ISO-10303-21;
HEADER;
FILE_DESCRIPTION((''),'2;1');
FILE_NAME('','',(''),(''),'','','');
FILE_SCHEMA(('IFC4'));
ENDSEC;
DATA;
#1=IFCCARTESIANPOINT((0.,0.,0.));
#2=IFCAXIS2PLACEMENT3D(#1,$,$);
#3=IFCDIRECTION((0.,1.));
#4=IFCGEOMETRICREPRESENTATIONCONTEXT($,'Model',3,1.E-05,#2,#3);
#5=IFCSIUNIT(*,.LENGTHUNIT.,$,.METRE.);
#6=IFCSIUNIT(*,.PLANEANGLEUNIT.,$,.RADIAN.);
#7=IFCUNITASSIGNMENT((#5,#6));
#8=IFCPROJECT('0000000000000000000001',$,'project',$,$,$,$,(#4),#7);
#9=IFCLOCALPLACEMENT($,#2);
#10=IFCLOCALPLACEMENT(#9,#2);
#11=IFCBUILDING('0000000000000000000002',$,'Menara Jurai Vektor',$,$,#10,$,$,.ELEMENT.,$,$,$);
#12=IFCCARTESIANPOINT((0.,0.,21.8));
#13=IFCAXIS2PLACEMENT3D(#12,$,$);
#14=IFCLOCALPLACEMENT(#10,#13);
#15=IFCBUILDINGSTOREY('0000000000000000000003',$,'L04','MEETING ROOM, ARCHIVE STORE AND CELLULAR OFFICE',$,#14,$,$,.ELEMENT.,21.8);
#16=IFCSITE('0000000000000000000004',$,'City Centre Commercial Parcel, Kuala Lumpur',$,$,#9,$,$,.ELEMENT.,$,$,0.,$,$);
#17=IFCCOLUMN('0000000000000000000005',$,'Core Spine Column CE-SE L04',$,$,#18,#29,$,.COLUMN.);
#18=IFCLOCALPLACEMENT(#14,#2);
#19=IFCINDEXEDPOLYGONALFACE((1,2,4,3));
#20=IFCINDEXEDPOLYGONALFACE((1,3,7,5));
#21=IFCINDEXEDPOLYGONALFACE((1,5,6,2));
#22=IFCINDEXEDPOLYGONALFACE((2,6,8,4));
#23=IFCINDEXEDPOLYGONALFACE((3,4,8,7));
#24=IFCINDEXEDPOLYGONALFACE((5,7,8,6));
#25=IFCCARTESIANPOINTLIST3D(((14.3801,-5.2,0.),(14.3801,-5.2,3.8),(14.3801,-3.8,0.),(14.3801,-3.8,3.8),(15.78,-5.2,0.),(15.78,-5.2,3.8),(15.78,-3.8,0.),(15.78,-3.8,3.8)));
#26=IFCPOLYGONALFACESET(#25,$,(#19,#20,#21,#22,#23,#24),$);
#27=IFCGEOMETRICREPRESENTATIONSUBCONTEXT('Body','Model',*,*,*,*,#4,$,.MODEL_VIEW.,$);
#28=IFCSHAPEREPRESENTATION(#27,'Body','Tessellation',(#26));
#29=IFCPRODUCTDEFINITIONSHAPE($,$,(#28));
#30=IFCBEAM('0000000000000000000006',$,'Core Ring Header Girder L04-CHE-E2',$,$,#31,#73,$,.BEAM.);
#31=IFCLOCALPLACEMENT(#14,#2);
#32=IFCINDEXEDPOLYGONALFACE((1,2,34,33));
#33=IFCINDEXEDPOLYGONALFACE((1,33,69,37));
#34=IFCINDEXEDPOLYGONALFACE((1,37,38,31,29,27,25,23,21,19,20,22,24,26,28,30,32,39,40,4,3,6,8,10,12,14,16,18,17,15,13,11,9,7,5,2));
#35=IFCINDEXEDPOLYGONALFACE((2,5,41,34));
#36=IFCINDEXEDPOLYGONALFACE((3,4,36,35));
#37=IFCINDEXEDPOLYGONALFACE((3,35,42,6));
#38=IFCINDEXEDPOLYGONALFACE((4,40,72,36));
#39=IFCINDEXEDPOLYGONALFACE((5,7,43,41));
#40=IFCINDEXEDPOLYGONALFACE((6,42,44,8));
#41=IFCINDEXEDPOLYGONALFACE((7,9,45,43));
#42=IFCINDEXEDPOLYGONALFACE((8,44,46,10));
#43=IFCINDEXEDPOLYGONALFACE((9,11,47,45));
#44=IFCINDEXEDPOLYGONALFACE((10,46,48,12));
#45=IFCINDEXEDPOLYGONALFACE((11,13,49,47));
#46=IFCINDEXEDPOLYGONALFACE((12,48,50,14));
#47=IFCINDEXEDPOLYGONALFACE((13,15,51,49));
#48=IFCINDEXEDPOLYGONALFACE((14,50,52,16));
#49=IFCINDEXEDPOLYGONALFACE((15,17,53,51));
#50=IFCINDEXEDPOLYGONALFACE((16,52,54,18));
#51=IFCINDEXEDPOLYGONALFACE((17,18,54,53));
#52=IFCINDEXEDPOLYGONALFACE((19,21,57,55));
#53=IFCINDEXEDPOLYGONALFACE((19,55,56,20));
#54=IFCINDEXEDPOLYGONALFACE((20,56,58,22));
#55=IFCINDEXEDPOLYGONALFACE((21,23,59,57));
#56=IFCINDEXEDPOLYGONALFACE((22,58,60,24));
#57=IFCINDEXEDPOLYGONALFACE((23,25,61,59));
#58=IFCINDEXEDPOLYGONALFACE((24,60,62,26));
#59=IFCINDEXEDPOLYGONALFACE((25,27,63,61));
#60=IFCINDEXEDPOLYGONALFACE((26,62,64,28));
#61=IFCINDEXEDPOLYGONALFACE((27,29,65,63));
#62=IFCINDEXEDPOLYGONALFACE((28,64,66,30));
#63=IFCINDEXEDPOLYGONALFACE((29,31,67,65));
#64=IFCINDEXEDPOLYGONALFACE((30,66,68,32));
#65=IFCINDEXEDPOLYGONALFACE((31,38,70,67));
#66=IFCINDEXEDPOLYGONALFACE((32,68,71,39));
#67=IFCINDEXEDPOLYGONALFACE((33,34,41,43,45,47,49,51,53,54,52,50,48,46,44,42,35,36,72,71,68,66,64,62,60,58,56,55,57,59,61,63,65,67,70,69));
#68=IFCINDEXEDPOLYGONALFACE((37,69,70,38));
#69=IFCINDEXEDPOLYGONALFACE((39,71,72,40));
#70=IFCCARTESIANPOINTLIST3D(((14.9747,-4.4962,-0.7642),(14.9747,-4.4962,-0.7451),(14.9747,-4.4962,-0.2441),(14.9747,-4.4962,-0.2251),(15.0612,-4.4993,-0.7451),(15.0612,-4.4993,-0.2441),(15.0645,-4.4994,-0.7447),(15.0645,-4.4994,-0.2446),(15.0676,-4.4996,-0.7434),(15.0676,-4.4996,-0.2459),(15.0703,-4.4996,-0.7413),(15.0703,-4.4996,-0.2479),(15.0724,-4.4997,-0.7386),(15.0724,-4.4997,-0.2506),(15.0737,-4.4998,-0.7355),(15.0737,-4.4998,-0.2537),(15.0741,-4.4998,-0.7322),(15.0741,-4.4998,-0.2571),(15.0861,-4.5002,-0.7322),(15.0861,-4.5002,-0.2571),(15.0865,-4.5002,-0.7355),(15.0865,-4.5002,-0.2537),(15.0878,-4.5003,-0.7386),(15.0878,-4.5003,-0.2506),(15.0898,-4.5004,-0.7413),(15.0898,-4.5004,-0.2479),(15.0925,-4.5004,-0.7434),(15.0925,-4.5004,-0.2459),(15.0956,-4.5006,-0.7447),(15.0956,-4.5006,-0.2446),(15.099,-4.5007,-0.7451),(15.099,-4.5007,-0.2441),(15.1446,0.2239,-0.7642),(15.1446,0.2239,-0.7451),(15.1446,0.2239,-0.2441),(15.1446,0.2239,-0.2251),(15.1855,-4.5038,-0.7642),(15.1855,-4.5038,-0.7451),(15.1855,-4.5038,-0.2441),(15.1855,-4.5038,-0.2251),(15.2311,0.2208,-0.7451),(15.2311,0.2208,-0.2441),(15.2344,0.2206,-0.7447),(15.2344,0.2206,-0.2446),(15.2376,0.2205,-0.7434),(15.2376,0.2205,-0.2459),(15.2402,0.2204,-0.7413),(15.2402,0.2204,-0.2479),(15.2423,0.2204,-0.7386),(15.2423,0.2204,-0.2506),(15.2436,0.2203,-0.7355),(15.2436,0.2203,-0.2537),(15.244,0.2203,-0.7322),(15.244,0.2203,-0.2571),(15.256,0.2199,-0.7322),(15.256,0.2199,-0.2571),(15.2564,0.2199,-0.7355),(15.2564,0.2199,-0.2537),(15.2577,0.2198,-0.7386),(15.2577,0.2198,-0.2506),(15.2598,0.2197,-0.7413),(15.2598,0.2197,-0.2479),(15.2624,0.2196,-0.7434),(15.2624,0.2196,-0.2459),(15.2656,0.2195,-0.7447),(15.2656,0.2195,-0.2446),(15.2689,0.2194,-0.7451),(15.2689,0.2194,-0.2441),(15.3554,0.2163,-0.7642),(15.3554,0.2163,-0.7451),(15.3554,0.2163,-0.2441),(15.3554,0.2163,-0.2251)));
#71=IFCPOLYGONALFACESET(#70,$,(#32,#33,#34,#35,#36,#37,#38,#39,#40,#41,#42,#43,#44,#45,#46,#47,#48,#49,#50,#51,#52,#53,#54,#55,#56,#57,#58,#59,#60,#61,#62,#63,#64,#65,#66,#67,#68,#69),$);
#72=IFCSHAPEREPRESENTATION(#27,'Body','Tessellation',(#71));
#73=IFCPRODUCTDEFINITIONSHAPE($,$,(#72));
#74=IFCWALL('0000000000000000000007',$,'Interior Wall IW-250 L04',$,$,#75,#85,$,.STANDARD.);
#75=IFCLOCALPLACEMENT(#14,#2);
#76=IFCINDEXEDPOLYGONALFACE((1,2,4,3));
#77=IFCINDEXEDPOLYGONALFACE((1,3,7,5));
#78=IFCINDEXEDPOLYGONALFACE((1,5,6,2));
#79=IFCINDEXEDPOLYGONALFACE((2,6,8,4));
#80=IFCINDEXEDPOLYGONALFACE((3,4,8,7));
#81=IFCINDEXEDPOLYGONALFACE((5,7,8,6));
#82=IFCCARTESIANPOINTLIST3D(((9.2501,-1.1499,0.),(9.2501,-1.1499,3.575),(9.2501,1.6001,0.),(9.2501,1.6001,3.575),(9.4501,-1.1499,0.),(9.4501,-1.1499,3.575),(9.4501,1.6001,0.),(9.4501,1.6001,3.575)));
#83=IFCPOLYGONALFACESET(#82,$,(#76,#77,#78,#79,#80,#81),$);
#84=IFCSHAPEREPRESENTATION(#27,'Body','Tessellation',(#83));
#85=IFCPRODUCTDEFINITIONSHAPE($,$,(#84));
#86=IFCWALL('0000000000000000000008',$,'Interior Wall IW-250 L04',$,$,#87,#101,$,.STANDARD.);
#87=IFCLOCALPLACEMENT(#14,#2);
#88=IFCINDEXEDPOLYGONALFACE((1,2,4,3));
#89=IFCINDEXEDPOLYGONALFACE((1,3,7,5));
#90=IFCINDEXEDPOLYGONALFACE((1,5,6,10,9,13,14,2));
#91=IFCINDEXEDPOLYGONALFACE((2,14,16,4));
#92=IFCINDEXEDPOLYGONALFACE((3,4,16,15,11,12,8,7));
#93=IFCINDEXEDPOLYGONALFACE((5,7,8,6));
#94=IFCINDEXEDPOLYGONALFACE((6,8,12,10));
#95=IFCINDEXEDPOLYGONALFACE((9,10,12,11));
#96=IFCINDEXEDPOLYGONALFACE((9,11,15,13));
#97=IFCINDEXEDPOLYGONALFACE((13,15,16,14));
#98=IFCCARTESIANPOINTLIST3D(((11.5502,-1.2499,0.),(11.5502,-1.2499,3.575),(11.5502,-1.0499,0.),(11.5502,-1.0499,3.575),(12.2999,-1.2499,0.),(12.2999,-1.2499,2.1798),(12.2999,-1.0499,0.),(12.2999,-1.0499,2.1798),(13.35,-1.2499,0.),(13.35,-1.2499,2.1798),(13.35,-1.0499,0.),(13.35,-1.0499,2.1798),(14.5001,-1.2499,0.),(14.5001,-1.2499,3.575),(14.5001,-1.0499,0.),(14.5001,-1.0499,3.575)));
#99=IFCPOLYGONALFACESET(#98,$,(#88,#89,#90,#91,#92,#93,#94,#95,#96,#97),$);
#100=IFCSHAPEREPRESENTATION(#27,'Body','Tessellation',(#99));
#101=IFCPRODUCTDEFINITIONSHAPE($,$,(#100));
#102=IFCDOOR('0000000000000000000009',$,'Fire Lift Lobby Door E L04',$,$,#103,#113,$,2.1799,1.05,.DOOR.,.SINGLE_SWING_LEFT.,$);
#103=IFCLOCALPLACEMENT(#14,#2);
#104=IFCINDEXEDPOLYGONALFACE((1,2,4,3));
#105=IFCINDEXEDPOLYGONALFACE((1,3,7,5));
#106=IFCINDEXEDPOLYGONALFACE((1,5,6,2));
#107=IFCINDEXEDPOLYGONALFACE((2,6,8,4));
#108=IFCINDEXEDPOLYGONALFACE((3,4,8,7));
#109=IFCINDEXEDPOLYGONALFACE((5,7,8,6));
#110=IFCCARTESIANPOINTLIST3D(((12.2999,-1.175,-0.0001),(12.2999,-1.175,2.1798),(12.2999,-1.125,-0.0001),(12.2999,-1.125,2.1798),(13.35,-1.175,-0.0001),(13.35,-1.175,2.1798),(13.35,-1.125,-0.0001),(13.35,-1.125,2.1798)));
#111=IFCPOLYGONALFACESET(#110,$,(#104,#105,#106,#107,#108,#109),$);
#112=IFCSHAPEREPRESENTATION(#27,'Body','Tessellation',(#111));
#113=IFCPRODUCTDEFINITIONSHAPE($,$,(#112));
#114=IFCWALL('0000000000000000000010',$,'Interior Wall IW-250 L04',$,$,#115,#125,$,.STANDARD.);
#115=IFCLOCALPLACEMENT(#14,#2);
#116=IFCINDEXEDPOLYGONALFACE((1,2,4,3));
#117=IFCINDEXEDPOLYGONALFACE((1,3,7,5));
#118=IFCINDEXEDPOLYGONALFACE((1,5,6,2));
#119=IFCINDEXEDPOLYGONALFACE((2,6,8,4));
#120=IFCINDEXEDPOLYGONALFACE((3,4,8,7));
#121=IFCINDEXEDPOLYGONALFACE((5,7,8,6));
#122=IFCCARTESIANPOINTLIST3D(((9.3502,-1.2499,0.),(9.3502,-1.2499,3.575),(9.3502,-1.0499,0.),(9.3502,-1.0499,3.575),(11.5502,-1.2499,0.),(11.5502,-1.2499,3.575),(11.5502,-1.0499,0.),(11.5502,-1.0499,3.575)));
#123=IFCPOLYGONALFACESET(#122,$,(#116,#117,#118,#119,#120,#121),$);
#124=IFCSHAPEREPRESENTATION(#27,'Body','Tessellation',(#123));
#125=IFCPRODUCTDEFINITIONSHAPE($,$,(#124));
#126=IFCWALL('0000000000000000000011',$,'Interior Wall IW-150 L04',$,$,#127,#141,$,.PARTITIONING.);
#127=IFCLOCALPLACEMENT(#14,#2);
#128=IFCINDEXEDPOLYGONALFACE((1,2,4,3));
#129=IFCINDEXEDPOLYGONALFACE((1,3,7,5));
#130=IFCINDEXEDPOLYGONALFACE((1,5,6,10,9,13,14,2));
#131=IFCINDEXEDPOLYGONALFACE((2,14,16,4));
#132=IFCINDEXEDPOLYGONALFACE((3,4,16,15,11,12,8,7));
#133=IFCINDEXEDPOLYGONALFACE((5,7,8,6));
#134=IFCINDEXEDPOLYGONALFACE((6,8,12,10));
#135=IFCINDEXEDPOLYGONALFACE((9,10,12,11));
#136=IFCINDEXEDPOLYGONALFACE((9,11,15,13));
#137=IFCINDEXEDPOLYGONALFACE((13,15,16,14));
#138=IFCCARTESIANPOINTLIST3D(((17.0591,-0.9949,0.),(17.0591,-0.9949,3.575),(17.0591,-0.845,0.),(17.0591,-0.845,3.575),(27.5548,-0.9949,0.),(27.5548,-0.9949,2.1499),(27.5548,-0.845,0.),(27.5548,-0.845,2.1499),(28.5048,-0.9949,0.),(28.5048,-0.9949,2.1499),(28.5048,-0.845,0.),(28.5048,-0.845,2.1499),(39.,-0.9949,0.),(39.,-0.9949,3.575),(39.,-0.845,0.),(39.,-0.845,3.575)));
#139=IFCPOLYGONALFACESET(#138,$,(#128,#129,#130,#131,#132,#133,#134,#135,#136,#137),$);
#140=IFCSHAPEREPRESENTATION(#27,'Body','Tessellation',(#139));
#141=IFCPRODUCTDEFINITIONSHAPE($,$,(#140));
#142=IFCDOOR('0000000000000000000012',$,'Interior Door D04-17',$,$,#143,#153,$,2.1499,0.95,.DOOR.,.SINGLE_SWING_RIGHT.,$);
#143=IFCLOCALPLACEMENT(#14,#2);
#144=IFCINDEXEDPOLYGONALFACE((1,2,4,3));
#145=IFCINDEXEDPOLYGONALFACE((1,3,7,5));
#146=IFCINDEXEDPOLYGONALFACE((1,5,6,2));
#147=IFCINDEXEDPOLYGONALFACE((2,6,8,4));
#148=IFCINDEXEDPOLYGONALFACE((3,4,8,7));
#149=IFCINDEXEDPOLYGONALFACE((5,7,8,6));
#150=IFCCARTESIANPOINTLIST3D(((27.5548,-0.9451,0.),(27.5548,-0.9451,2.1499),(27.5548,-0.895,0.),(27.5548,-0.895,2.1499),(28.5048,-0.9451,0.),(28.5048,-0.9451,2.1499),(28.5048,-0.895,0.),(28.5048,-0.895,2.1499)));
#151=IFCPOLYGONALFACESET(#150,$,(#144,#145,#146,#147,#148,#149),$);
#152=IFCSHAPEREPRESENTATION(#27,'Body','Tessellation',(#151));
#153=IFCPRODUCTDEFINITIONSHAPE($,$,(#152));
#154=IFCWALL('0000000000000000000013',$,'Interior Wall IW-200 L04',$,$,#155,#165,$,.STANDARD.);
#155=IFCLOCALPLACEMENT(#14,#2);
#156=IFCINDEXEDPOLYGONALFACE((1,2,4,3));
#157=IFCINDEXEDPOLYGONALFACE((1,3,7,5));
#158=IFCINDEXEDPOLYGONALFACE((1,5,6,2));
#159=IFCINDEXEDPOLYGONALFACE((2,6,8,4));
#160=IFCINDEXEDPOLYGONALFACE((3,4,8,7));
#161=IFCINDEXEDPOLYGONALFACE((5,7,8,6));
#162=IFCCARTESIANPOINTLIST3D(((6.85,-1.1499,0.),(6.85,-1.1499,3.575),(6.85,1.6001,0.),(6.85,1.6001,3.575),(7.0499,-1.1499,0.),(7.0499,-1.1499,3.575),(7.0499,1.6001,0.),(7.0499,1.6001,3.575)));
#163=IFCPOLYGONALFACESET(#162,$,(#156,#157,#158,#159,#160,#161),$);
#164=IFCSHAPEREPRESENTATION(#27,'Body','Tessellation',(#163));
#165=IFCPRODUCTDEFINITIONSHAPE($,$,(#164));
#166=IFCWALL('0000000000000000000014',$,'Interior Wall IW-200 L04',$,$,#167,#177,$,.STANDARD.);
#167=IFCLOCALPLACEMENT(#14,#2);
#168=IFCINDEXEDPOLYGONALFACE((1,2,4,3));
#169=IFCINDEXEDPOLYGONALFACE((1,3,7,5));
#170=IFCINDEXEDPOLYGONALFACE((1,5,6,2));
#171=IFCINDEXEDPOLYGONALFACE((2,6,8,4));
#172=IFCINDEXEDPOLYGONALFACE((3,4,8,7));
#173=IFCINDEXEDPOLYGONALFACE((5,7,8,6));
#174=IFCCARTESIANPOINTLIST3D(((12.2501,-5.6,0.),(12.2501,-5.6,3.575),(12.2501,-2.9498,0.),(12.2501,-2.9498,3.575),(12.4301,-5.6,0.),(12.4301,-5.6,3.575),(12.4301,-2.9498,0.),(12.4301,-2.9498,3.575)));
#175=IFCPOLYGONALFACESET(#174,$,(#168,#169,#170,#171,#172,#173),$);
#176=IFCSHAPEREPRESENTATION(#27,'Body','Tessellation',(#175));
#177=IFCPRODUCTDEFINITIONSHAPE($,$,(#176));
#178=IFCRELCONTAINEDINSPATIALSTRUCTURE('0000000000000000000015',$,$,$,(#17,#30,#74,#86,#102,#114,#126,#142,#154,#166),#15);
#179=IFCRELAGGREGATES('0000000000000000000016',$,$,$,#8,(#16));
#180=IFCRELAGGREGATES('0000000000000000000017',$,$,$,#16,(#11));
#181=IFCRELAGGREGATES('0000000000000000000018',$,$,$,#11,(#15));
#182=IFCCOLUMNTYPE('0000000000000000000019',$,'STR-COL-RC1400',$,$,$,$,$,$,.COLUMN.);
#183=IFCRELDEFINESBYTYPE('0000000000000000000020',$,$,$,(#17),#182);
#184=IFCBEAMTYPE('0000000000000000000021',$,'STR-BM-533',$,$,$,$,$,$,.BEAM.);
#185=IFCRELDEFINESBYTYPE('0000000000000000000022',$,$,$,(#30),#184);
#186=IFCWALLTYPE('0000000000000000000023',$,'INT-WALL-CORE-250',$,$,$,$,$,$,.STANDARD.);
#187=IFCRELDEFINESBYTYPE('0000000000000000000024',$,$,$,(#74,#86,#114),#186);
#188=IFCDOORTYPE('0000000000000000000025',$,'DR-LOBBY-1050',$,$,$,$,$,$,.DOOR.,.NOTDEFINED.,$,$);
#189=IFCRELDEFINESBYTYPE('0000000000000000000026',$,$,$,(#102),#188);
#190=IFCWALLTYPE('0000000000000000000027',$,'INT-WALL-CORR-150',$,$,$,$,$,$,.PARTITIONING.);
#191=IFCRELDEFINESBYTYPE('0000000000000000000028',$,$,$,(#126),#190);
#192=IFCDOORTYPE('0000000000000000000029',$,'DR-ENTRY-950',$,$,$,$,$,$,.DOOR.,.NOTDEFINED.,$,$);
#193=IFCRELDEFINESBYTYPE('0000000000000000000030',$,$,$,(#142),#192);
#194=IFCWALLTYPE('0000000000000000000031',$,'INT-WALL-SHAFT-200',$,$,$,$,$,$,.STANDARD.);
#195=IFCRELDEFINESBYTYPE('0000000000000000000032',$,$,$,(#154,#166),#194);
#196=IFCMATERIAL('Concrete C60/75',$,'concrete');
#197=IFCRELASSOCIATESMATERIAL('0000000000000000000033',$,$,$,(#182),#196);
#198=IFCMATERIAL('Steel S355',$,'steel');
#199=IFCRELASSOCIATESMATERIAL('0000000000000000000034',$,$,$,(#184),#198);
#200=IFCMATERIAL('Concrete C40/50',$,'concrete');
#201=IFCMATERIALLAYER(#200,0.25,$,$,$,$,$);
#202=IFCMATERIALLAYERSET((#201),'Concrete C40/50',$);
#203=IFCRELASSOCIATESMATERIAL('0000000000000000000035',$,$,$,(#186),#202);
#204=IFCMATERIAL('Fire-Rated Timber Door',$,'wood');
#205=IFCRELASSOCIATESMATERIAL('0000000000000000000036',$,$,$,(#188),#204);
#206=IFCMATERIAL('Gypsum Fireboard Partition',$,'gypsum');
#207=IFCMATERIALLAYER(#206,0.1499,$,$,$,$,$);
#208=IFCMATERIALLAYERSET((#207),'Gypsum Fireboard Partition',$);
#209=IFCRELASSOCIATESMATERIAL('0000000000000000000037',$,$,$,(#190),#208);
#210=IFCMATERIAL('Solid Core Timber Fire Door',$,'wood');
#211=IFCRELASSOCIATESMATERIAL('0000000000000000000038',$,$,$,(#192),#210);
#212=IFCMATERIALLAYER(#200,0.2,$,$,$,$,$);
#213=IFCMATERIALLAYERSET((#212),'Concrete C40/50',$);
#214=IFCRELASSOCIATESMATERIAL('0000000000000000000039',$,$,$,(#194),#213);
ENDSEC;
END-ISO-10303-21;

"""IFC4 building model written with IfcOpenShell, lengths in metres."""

from ifc_helpers import new_model, si_unit, direction, frame, frame_2d, origin, origin_2d, place, context, subcontext, project, spatial, rectangle, i_section, extrude, material, layer, layer_set, material_profile, profile_set, type_object, element, fill, save


model = new_model("IFC4")

# Units and contexts
model_context = context("Model", 3, precision=1e-05, world=origin(), true_north=direction((0.0, 1.0)))
body_context = subcontext(model_context, "Body", "Model", "MODEL_VIEW")
ifc_project = project(units=[si_unit("LENGTHUNIT", "METRE"), si_unit("PLANEANGLEUNIT", "RADIAN")], contexts=[model_context])

# Site, building, storey
site_placement = place(None, origin())
site = spatial("IfcSite", under=ifc_project, at=site_placement, Name="City Centre Commercial Parcel, Kuala Lumpur", CompositionType="ELEMENT", RefElevation=0.0)
building_placement = place(site_placement, origin())
building = spatial("IfcBuilding", under=site, at=building_placement, Name="Menara Jurai Vektor", CompositionType="ELEMENT")
storey_placement = place(building_placement, frame((0.0, 0.0, 21.8)))
storey = spatial("IfcBuildingStorey", under=building, at=storey_placement, Name="L04", Description="MEETING ROOM, ARCHIVE STORE AND CELLULAR OFFICE", CompositionType="ELEMENT", Elevation=21.8)

# Column
ifc_material_1 = material(Name="Concrete C60/75", Category="concrete")
ifc_material_profile_1 = material_profile(ifc_material_1, rectangle(XDim=1.3999, YDim=1.3999, at=origin_2d()), Name="RC 1400x1400")
ifc_profile_set_1 = profile_set([ifc_material_profile_1], Name="Concrete C60/75")
column_type = type_object("IfcColumnType", Name="STR-COL-RC1400", PredefinedType="COLUMN", material=ifc_profile_set_1)
column_placement = place(storey_placement, frame((15.0801, -4.5, 0.0), z_axis=(0.0, 0.0, 1.0), x_axis=(1.0, 0.0, 0.0)))
element("IfcColumn", 1, at=column_placement, inside=storey, type_object=column_type, Name="Core Spine Column CE-SE L04", PredefinedType="COLUMN", context=body_context, shape_type="SweptSolid", body=[
    extrude(rectangle(XDim=1.3999, YDim=1.3999, at=origin_2d()), origin(), (0.0, 0.0, 1.0), 3.8),
])

# Beam
ifc_material_2 = material(Name="Steel S355", Category="steel")
ifc_material_profile_2 = material_profile(ifc_material_2, i_section(OverallWidth=0.2109, OverallDepth=0.5391, WebThickness=0.012, FlangeThickness=0.019, FilletRadius=0.0129, at=origin_2d()), Name="UKB 533x210x109")
ifc_profile_set_2 = profile_set([ifc_material_profile_2], Name="Steel S355")
beam_type = type_object("IfcBeamType", Name="STR-BM-533", PredefinedType="BEAM", material=ifc_profile_set_2)
beam_placement = place(storey_placement, frame((15.0801, -4.5, -0.4946), z_axis=(0.035977, 0.999353, 0.0), x_axis=(-0.999353, 0.035977, 0.0)))
element("IfcBeam", 2, at=beam_placement, inside=storey, type_object=beam_type, Name="Core Ring Header Girder L04-CHE-E2", PredefinedType="BEAM", context=body_context, shape_type="SweptSolid", body=[
    extrude(i_section(OverallWidth=0.2109, OverallDepth=0.5391, WebThickness=0.012, FlangeThickness=0.019, FilletRadius=0.0129, at=origin_2d()), origin(), (0.0, 0.0, 1.0), 4.7231),
])

# Shared definitions
ifc_material_3 = material(Name="Concrete C40/50", Category="concrete")
ifc_layer_1 = layer(ifc_material_3, 0.25)
ifc_layer_set_1 = layer_set([ifc_layer_1], Name="Concrete C40/50")
wall_type_1 = type_object("IfcWallType", Name="INT-WALL-CORE-250", PredefinedType="STANDARD", material=ifc_layer_set_1)

# Wall
wall_1_placement = place(storey_placement, frame((9.3501, -1.1499, 0.0), z_axis=(0.0, 0.0, 1.0), x_axis=(0.0, 1.0, 0.0)))
element("IfcWall", 3, at=wall_1_placement, inside=storey, type_object=wall_type_1, Name="Interior Wall IW-250 L04", PredefinedType="STANDARD", context=body_context, shape_type="SweptSolid", body=[
    extrude(rectangle(XDim=2.75, YDim=0.2, at=frame_2d((1.375, 0.0))), origin(), (0.0, 0.0, 1.0), 3.575),
])

# Wall, opening, door
wall_2_placement = place(storey_placement, frame((11.55, -1.1499, 0.0), z_axis=(0.0, 0.0, 1.0), x_axis=(1.0, 0.0, 0.0)))
wall_2 = element("IfcWall", 4, at=wall_2_placement, inside=storey, type_object=wall_type_1, Name="Interior Wall IW-250 L04", PredefinedType="STANDARD", context=body_context, shape_type="SweptSolid", body=[
    extrude(rectangle(XDim=2.95, YDim=0.2, at=frame_2d((1.4751, 0.0))), origin(), (0.0, 0.0, 1.0), 3.575),
])
opening_1_placement = place(wall_2_placement, frame((0.75, 0.0, 0.0)))
opening_1 = element("IfcOpeningElement", 5, at=opening_1_placement, cuts=wall_2, PredefinedType="OPENING", context=body_context, shape_type="SweptSolid", body=[
    extrude(rectangle(XDim=1.05, YDim=2.1799, at=frame_2d((0.5249, 1.0898))), frame((0.0, 0.1099, 0.0), z_axis=(0.0, -1.0, 0.0), x_axis=(1.0, 0.0, 0.0)), (0.0, 0.0, 1.0), 0.22),
])
ifc_material_4 = material(Name="Fire-Rated Timber Door", Category="wood")
door_type_1 = type_object("IfcDoorType", Name="DR-LOBBY-1050", OperationType="NOTDEFINED", PredefinedType="DOOR", material=ifc_material_4)
door_1_placement = place(opening_1_placement, origin())
door_1 = element("IfcDoor", 6, at=door_1_placement, inside=storey, type_object=door_type_1, Name="Fire Lift Lobby Door E L04", OperationType="SINGLE_SWING_LEFT", OverallHeight=2.1799, OverallWidth=1.05, PredefinedType="DOOR", context=body_context, shape_type="SweptSolid", body=[
    extrude(rectangle(XDim=1.05, YDim=2.1799, at=frame_2d((0.5249, 1.0898))), frame((0.0, 0.0249, 0.0), z_axis=(0.0, -1.0, 0.0), x_axis=(1.0, 0.0, 0.0)), (0.0, 0.0, 1.0), 0.05),
])
fill(opening_1, door_1)

# Wall
wall_3_placement = place(storey_placement, frame((9.3501, -1.1499, 0.0), z_axis=(0.0, 0.0, 1.0), x_axis=(1.0, 0.0, 0.0)))
element("IfcWall", 7, at=wall_3_placement, inside=storey, type_object=wall_type_1, Name="Interior Wall IW-250 L04", PredefinedType="STANDARD", context=body_context, shape_type="SweptSolid", body=[
    extrude(rectangle(XDim=2.2, YDim=0.2, at=frame_2d((1.1001, 0.0))), origin(), (0.0, 0.0, 1.0), 3.575),
])

# Wall, opening, door
ifc_material_5 = material(Name="Gypsum Fireboard Partition", Category="gypsum")
ifc_layer_2 = layer(ifc_material_5, 0.1499)
ifc_layer_set_2 = layer_set([ifc_layer_2], Name="Gypsum Fireboard Partition")
wall_type_2 = type_object("IfcWallType", Name="INT-WALL-CORR-150", PredefinedType="PARTITIONING", material=ifc_layer_set_2)
wall_4_placement = place(storey_placement, frame((17.0591, -0.9199, 0.0), z_axis=(0.0, 0.0, 1.0), x_axis=(1.0, 0.0, 0.0)))
wall_4 = element("IfcWall", 8, at=wall_4_placement, inside=storey, type_object=wall_type_2, Name="Interior Wall IW-150 L04", PredefinedType="PARTITIONING", context=body_context, shape_type="SweptSolid", body=[
    extrude(rectangle(XDim=21.9409, YDim=0.1499, at=frame_2d((10.9705, 0.0))), origin(), (0.0, 0.0, 1.0), 3.575),
])
opening_2_placement = place(wall_4_placement, frame((10.4956, 0.0, 0.0)))
opening_2 = element("IfcOpeningElement", 9, at=opening_2_placement, cuts=wall_4, PredefinedType="OPENING", context=body_context, shape_type="SweptSolid", body=[
    extrude(rectangle(XDim=0.95, YDim=2.1499, at=frame_2d((0.4751, 1.075))), frame((0.0, 0.085, 0.0), z_axis=(0.0, -1.0, 0.0), x_axis=(1.0, 0.0, 0.0)), (0.0, 0.0, 1.0), 0.1699),
])
ifc_material_6 = material(Name="Solid Core Timber Fire Door", Category="wood")
door_type_2 = type_object("IfcDoorType", Name="DR-ENTRY-950", OperationType="NOTDEFINED", PredefinedType="DOOR", material=ifc_material_6)
door_2_placement = place(opening_2_placement, origin())
door_2 = element("IfcDoor", 10, at=door_2_placement, inside=storey, type_object=door_type_2, Name="Interior Door D04-17", OperationType="SINGLE_SWING_RIGHT", OverallHeight=2.1499, OverallWidth=0.95, PredefinedType="DOOR", context=body_context, shape_type="SweptSolid", body=[
    extrude(rectangle(XDim=0.95, YDim=2.1499, at=frame_2d((0.4751, 1.075))), frame((0.0, 0.0249, 0.0), z_axis=(0.0, -1.0, 0.0), x_axis=(1.0, 0.0, 0.0)), (0.0, 0.0, 1.0), 0.05),
])
fill(opening_2, door_2)

# Wall
ifc_layer_3 = layer(ifc_material_3, 0.2)
ifc_layer_set_3 = layer_set([ifc_layer_3], Name="Concrete C40/50")
wall_type_3 = type_object("IfcWallType", Name="INT-WALL-SHAFT-200", PredefinedType="STANDARD", material=ifc_layer_set_3)
wall_5_placement = place(storey_placement, frame((6.95, -1.1499, 0.0), z_axis=(0.0, 0.0, 1.0), x_axis=(0.0, 1.0, 0.0)))
element("IfcWall", 11, at=wall_5_placement, inside=storey, type_object=wall_type_3, Name="Interior Wall IW-200 L04", PredefinedType="STANDARD", context=body_context, shape_type="SweptSolid", body=[
    extrude(rectangle(XDim=2.75, YDim=0.2, at=frame_2d((1.375, 0.0))), origin(), (0.0, 0.0, 1.0), 3.575),
])

# Wall
for number, where, z_axis, x_axis, name in (
    (12, (12.3401, -5.6001, 0.0), (0.0, 0.0, 1.0), (0.0, 1.0, 0.0), "Interior Wall IW-200 L04"),
):
    element("IfcWall", number, at=place(storey_placement, frame(where, z_axis=z_axis, x_axis=x_axis)), inside=storey, type_object=wall_type_3, Name=name, PredefinedType="STANDARD", context=body_context, shape_type="SweptSolid", body=[
        extrude(rectangle(XDim=2.6501, YDim=0.1799, at=frame_2d((1.3252, 0.0))), origin(), (0.0, 0.0, 1.0), 3.575),
    ])

save(model, "model.ifc")
